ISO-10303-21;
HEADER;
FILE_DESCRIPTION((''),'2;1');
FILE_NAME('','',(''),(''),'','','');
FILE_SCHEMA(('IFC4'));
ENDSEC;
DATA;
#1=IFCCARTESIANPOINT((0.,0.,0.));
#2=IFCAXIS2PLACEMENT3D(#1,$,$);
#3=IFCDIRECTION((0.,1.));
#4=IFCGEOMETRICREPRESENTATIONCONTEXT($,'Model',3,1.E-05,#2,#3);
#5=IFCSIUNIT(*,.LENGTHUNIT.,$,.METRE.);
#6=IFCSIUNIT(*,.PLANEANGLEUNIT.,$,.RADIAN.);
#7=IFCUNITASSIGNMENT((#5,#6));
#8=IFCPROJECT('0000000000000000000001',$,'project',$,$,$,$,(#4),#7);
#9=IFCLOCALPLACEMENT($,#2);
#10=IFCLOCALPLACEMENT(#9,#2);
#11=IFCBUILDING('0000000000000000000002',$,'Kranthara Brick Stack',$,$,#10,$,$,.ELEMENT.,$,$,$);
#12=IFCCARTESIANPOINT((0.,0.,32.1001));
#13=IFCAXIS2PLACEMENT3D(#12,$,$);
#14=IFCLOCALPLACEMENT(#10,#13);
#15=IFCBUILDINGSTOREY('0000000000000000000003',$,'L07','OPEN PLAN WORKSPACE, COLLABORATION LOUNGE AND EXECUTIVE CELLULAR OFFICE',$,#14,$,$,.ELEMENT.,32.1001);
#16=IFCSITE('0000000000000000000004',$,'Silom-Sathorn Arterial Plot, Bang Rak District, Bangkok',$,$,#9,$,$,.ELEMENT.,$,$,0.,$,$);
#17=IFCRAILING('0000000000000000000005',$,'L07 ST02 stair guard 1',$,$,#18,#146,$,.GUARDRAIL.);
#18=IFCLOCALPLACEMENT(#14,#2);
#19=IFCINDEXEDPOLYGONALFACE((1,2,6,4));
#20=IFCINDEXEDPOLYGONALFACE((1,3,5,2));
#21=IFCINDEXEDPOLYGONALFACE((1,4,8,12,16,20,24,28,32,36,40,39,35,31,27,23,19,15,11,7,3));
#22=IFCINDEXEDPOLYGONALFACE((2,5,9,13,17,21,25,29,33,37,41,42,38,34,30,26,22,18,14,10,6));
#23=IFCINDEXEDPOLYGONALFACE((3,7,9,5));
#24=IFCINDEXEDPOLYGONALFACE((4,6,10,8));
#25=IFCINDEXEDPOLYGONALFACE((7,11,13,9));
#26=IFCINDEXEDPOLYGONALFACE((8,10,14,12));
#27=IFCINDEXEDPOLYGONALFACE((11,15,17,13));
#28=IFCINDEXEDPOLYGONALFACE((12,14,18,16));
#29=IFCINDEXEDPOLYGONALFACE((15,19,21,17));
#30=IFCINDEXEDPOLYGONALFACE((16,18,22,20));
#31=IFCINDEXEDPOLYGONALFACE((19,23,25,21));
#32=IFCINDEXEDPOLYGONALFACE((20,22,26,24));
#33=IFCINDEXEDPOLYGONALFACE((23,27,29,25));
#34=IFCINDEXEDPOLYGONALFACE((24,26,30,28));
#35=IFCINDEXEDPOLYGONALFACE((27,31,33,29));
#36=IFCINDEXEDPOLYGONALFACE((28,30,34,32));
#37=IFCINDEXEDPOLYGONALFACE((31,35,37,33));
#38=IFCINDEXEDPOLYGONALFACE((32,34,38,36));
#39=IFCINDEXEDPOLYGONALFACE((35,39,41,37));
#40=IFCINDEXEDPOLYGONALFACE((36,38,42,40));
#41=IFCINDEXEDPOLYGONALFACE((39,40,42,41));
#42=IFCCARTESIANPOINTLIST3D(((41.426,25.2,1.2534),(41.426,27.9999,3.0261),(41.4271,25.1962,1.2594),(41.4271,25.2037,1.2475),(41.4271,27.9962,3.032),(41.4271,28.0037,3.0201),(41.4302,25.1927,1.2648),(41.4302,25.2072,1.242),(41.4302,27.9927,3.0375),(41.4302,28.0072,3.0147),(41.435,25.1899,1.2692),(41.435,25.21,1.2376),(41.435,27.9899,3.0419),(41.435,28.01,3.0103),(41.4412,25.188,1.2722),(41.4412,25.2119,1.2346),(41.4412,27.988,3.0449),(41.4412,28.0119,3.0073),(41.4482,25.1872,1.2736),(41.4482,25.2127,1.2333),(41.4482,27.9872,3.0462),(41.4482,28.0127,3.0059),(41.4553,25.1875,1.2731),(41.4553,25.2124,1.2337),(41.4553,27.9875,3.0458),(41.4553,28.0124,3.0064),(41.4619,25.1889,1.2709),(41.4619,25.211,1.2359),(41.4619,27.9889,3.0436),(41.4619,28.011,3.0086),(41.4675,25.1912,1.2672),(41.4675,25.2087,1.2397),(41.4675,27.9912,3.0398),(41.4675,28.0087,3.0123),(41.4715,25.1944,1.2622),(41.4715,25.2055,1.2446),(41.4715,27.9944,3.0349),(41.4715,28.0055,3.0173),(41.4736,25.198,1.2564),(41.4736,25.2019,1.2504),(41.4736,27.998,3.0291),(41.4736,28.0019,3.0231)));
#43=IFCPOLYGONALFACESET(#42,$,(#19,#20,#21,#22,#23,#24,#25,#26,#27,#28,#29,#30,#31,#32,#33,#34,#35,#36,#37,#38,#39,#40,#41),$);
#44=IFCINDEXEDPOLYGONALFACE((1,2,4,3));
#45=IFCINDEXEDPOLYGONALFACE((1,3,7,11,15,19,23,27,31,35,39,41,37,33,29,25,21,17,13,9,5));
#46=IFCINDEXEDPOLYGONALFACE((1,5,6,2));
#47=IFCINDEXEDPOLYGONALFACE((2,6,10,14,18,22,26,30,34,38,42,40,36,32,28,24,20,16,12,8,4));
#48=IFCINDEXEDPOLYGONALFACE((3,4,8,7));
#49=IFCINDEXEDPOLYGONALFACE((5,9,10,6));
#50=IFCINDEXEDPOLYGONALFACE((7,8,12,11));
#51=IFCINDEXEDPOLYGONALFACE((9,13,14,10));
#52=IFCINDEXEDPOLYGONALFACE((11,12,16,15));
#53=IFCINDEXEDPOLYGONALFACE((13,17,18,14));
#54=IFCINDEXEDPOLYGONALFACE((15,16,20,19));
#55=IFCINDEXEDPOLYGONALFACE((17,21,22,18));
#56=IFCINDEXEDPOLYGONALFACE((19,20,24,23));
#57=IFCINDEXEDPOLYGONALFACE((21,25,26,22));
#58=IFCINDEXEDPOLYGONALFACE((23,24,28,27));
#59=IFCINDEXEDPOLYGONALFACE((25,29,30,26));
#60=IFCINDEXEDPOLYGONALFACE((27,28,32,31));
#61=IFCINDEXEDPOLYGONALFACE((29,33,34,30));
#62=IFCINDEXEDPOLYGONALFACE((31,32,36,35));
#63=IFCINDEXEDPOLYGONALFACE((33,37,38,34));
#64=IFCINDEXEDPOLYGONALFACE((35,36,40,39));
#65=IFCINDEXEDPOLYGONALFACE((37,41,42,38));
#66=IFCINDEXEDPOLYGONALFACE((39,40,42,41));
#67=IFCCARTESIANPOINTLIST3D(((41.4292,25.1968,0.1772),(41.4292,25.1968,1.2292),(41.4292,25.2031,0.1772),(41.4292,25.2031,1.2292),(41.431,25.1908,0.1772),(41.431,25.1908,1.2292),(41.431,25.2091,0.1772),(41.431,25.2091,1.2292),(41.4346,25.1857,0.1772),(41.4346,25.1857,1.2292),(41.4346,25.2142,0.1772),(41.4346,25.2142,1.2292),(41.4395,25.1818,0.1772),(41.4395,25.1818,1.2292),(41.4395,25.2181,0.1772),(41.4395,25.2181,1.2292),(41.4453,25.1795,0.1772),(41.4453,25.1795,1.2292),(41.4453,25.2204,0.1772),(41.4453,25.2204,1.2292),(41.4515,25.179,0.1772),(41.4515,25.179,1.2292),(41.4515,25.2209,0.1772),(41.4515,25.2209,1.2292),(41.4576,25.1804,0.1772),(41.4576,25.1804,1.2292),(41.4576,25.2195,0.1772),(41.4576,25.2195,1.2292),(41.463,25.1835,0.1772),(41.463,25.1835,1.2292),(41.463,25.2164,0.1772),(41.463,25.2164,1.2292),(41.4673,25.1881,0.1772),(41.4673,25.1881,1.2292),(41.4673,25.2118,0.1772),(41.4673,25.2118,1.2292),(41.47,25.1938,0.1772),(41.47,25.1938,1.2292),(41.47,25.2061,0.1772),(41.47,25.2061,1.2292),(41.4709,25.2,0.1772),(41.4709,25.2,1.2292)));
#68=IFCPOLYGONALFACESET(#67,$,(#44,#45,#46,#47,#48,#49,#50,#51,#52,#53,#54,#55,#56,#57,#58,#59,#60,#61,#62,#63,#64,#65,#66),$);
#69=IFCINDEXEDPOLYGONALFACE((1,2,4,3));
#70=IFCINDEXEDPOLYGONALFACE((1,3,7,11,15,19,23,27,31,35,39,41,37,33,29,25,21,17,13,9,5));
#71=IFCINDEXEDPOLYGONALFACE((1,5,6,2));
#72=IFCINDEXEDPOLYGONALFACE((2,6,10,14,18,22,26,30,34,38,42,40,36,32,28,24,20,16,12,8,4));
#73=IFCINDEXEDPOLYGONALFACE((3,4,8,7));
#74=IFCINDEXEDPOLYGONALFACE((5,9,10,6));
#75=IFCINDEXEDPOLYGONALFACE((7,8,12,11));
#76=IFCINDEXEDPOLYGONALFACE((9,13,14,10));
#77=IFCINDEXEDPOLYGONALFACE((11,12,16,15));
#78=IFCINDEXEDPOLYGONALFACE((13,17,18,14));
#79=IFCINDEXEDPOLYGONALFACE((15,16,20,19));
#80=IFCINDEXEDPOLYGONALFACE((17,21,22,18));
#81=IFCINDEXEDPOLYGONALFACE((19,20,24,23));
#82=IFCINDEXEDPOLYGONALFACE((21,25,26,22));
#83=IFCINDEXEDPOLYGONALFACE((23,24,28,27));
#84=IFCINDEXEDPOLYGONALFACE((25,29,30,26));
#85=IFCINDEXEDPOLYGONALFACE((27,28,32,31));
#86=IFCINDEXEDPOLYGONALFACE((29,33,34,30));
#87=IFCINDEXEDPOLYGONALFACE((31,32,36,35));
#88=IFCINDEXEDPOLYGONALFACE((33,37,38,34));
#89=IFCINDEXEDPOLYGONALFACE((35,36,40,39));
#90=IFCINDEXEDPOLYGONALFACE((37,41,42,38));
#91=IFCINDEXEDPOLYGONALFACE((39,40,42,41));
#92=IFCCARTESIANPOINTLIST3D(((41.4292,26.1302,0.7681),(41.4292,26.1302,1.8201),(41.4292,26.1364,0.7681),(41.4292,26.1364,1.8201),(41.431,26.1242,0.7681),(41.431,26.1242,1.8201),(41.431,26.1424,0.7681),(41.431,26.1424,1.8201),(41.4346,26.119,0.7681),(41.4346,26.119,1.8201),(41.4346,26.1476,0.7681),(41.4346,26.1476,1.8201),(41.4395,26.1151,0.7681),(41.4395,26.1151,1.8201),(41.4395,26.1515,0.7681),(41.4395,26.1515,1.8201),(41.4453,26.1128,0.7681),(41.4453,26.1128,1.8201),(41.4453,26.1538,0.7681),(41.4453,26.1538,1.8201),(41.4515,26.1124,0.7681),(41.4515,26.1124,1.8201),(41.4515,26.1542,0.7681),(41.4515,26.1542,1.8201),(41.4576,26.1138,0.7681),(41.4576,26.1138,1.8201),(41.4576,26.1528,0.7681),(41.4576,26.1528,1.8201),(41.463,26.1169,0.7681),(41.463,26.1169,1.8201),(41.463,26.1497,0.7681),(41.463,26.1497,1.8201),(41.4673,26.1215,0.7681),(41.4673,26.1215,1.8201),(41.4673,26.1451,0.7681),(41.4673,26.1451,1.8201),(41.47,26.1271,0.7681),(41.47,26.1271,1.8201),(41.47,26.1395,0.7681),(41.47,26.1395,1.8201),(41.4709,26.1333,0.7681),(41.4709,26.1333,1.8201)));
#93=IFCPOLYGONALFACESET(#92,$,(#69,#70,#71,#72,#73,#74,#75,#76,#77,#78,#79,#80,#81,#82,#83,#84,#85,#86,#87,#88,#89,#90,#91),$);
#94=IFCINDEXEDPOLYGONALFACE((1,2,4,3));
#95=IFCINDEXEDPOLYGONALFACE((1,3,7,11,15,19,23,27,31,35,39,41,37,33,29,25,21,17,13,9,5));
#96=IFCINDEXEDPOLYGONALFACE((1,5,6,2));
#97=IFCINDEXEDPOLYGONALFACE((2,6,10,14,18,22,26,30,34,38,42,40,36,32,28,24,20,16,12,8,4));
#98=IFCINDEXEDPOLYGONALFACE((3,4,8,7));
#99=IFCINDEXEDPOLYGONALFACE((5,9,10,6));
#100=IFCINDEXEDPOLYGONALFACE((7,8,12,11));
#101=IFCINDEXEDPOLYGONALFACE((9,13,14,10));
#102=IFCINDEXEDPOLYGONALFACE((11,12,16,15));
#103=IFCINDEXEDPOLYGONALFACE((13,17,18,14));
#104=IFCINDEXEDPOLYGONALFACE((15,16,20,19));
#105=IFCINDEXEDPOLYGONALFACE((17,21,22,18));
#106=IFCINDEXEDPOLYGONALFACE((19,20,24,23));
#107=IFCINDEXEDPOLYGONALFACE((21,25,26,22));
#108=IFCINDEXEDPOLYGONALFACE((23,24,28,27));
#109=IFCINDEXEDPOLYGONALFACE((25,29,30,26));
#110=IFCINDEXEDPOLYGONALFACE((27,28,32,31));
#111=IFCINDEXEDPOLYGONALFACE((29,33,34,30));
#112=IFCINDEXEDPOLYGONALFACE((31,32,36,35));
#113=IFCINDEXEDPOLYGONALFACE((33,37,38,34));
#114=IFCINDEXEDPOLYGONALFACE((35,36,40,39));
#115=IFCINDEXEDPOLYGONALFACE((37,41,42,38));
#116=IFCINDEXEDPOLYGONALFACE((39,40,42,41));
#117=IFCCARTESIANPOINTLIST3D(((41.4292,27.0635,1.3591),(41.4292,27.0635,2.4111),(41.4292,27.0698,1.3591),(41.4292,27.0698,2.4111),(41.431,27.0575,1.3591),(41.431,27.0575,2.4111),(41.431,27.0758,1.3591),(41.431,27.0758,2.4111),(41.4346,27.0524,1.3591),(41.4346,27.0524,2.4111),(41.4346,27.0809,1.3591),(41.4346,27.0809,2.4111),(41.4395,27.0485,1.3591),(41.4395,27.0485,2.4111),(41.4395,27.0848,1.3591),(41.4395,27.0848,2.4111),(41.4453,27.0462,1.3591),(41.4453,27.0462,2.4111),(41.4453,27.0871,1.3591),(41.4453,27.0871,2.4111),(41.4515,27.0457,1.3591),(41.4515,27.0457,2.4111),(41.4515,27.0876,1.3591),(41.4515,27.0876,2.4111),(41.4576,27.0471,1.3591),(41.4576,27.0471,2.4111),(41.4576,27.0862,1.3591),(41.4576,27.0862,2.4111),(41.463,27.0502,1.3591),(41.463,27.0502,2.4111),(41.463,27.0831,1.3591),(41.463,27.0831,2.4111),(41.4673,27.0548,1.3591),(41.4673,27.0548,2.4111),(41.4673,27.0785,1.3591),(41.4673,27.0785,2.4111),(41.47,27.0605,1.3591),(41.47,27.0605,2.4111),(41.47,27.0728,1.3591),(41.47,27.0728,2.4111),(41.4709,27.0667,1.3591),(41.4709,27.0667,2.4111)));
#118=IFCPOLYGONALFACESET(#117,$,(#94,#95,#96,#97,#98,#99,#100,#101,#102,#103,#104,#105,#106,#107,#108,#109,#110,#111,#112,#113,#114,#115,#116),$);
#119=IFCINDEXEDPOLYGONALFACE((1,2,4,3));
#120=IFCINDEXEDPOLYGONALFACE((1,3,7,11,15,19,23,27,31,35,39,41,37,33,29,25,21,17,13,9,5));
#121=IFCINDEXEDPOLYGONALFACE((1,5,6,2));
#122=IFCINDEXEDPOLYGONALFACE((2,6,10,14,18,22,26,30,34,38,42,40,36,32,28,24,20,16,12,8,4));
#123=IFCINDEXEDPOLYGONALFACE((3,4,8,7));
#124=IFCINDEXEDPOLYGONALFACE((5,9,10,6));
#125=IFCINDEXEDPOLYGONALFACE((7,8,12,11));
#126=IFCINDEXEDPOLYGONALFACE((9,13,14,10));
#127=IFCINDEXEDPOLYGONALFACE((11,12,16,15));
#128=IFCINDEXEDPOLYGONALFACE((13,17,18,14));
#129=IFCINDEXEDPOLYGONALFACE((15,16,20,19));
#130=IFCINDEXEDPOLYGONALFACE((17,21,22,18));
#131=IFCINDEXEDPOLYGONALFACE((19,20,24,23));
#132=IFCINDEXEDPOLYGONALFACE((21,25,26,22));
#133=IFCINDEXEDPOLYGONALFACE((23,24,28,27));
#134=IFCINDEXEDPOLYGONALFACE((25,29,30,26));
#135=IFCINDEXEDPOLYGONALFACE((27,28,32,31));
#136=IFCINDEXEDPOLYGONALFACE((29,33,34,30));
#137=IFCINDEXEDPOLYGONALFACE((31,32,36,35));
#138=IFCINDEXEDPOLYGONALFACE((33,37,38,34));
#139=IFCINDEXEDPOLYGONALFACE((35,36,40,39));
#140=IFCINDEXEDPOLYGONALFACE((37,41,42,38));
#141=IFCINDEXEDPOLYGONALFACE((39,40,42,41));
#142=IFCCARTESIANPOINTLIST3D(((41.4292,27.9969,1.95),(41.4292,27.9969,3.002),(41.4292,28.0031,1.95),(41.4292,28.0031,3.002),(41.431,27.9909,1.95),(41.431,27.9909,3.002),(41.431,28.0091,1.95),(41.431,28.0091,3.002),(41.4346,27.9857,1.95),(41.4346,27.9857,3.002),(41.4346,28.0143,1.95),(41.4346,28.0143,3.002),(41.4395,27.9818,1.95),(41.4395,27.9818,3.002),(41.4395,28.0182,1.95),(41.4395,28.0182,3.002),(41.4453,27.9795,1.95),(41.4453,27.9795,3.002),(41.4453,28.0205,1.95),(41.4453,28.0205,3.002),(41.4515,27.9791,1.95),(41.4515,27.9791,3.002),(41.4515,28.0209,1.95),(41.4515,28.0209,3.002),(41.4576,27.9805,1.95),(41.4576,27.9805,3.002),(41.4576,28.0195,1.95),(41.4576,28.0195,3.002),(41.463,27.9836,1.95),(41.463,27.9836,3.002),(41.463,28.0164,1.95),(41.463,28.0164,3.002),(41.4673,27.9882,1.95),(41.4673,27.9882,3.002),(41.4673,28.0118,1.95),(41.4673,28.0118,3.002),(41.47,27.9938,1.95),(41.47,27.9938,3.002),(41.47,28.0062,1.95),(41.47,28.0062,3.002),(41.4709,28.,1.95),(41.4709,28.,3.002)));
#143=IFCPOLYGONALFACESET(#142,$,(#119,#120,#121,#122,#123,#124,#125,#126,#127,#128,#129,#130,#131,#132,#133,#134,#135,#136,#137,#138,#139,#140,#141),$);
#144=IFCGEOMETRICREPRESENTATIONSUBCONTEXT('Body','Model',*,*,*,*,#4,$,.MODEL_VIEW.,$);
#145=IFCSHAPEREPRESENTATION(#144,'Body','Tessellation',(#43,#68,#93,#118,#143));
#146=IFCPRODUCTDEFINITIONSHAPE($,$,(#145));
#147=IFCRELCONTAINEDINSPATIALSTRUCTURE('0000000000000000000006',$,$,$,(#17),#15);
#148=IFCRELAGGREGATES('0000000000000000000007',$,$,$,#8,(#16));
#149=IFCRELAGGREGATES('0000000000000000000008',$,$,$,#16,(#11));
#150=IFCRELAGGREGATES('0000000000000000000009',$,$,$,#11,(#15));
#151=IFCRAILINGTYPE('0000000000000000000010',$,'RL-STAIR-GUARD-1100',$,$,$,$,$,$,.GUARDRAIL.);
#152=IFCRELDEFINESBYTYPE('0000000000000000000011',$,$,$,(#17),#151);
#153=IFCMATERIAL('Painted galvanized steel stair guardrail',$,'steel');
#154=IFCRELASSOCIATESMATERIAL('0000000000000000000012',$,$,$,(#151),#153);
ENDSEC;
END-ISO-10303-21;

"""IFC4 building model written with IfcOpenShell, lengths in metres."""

from ifc_helpers import new_model, si_unit, direction, frame, origin, origin_2d, place, context, subcontext, project, spatial, circle, extrude, material, type_object, element, save


model = new_model("IFC4")

# Units and contexts
model_context = context("Model", 3, precision=1e-05, world=origin(), true_north=direction((0.0, 1.0)))
body_context = subcontext(model_context, "Body", "Model", "MODEL_VIEW")
ifc_project = project(units=[si_unit("LENGTHUNIT", "METRE"), si_unit("PLANEANGLEUNIT", "RADIAN")], contexts=[model_context])

# Site, building, storey
site_placement = place(None, origin())
site = spatial("IfcSite", under=ifc_project, at=site_placement, Name="Silom-Sathorn Arterial Plot, Bang Rak District, Bangkok", CompositionType="ELEMENT", RefElevation=0.0)
building_placement = place(site_placement, origin())
building = spatial("IfcBuilding", under=site, at=building_placement, Name="Kranthara Brick Stack", CompositionType="ELEMENT")
storey_placement = place(building_placement, frame((0.0, 0.0, 32.1001)))
storey = spatial("IfcBuildingStorey", under=building, at=storey_placement, Name="L07", Description="OPEN PLAN WORKSPACE, COLLABORATION LOUNGE AND EXECUTIVE CELLULAR OFFICE", CompositionType="ELEMENT", Elevation=32.1001)

# Railing
ifc_material_1 = material(Name="Painted galvanized steel stair guardrail", Category="steel")
railing_type_1 = type_object("IfcRailingType", Name="RL-STAIR-GUARD-1100", PredefinedType="GUARDRAIL", material=ifc_material_1)
railing_1_placement = place(storey_placement, frame((41.45, 25.2, 0.1772)))
element("IfcRailing", 1, at=railing_1_placement, inside=storey, type_object=railing_type_1, Name="L07 ST02 stair guard 1", PredefinedType="GUARDRAIL", context=body_context, shape_type="SweptSolid", body=[
    extrude(circle(Radius=0.0239, at=origin_2d()), frame((0.0, 0.0, 1.0762), z_axis=(0.0, 0.844909, 0.53491), x_axis=(-1.0, 0.0, 0.0)), (0.0, 0.0, 1.0), 3.314),
    extrude(circle(Radius=0.021, at=origin_2d()), origin(), (0.0, 0.0, 1.0), 1.052),
    extrude(circle(Radius=0.021, at=origin_2d()), frame((0.0, 0.9333, 0.5908)), (0.0, 0.0, 1.0), 1.052),
    extrude(circle(Radius=0.021, at=origin_2d()), frame((0.0, 1.8667, 1.1819)), (0.0, 0.0, 1.0), 1.052),
    extrude(circle(Radius=0.021, at=origin_2d()), frame((0.0, 2.8, 1.7727)), (0.0, 0.0, 1.0), 1.052),
])

save(model, "model.ifc")
